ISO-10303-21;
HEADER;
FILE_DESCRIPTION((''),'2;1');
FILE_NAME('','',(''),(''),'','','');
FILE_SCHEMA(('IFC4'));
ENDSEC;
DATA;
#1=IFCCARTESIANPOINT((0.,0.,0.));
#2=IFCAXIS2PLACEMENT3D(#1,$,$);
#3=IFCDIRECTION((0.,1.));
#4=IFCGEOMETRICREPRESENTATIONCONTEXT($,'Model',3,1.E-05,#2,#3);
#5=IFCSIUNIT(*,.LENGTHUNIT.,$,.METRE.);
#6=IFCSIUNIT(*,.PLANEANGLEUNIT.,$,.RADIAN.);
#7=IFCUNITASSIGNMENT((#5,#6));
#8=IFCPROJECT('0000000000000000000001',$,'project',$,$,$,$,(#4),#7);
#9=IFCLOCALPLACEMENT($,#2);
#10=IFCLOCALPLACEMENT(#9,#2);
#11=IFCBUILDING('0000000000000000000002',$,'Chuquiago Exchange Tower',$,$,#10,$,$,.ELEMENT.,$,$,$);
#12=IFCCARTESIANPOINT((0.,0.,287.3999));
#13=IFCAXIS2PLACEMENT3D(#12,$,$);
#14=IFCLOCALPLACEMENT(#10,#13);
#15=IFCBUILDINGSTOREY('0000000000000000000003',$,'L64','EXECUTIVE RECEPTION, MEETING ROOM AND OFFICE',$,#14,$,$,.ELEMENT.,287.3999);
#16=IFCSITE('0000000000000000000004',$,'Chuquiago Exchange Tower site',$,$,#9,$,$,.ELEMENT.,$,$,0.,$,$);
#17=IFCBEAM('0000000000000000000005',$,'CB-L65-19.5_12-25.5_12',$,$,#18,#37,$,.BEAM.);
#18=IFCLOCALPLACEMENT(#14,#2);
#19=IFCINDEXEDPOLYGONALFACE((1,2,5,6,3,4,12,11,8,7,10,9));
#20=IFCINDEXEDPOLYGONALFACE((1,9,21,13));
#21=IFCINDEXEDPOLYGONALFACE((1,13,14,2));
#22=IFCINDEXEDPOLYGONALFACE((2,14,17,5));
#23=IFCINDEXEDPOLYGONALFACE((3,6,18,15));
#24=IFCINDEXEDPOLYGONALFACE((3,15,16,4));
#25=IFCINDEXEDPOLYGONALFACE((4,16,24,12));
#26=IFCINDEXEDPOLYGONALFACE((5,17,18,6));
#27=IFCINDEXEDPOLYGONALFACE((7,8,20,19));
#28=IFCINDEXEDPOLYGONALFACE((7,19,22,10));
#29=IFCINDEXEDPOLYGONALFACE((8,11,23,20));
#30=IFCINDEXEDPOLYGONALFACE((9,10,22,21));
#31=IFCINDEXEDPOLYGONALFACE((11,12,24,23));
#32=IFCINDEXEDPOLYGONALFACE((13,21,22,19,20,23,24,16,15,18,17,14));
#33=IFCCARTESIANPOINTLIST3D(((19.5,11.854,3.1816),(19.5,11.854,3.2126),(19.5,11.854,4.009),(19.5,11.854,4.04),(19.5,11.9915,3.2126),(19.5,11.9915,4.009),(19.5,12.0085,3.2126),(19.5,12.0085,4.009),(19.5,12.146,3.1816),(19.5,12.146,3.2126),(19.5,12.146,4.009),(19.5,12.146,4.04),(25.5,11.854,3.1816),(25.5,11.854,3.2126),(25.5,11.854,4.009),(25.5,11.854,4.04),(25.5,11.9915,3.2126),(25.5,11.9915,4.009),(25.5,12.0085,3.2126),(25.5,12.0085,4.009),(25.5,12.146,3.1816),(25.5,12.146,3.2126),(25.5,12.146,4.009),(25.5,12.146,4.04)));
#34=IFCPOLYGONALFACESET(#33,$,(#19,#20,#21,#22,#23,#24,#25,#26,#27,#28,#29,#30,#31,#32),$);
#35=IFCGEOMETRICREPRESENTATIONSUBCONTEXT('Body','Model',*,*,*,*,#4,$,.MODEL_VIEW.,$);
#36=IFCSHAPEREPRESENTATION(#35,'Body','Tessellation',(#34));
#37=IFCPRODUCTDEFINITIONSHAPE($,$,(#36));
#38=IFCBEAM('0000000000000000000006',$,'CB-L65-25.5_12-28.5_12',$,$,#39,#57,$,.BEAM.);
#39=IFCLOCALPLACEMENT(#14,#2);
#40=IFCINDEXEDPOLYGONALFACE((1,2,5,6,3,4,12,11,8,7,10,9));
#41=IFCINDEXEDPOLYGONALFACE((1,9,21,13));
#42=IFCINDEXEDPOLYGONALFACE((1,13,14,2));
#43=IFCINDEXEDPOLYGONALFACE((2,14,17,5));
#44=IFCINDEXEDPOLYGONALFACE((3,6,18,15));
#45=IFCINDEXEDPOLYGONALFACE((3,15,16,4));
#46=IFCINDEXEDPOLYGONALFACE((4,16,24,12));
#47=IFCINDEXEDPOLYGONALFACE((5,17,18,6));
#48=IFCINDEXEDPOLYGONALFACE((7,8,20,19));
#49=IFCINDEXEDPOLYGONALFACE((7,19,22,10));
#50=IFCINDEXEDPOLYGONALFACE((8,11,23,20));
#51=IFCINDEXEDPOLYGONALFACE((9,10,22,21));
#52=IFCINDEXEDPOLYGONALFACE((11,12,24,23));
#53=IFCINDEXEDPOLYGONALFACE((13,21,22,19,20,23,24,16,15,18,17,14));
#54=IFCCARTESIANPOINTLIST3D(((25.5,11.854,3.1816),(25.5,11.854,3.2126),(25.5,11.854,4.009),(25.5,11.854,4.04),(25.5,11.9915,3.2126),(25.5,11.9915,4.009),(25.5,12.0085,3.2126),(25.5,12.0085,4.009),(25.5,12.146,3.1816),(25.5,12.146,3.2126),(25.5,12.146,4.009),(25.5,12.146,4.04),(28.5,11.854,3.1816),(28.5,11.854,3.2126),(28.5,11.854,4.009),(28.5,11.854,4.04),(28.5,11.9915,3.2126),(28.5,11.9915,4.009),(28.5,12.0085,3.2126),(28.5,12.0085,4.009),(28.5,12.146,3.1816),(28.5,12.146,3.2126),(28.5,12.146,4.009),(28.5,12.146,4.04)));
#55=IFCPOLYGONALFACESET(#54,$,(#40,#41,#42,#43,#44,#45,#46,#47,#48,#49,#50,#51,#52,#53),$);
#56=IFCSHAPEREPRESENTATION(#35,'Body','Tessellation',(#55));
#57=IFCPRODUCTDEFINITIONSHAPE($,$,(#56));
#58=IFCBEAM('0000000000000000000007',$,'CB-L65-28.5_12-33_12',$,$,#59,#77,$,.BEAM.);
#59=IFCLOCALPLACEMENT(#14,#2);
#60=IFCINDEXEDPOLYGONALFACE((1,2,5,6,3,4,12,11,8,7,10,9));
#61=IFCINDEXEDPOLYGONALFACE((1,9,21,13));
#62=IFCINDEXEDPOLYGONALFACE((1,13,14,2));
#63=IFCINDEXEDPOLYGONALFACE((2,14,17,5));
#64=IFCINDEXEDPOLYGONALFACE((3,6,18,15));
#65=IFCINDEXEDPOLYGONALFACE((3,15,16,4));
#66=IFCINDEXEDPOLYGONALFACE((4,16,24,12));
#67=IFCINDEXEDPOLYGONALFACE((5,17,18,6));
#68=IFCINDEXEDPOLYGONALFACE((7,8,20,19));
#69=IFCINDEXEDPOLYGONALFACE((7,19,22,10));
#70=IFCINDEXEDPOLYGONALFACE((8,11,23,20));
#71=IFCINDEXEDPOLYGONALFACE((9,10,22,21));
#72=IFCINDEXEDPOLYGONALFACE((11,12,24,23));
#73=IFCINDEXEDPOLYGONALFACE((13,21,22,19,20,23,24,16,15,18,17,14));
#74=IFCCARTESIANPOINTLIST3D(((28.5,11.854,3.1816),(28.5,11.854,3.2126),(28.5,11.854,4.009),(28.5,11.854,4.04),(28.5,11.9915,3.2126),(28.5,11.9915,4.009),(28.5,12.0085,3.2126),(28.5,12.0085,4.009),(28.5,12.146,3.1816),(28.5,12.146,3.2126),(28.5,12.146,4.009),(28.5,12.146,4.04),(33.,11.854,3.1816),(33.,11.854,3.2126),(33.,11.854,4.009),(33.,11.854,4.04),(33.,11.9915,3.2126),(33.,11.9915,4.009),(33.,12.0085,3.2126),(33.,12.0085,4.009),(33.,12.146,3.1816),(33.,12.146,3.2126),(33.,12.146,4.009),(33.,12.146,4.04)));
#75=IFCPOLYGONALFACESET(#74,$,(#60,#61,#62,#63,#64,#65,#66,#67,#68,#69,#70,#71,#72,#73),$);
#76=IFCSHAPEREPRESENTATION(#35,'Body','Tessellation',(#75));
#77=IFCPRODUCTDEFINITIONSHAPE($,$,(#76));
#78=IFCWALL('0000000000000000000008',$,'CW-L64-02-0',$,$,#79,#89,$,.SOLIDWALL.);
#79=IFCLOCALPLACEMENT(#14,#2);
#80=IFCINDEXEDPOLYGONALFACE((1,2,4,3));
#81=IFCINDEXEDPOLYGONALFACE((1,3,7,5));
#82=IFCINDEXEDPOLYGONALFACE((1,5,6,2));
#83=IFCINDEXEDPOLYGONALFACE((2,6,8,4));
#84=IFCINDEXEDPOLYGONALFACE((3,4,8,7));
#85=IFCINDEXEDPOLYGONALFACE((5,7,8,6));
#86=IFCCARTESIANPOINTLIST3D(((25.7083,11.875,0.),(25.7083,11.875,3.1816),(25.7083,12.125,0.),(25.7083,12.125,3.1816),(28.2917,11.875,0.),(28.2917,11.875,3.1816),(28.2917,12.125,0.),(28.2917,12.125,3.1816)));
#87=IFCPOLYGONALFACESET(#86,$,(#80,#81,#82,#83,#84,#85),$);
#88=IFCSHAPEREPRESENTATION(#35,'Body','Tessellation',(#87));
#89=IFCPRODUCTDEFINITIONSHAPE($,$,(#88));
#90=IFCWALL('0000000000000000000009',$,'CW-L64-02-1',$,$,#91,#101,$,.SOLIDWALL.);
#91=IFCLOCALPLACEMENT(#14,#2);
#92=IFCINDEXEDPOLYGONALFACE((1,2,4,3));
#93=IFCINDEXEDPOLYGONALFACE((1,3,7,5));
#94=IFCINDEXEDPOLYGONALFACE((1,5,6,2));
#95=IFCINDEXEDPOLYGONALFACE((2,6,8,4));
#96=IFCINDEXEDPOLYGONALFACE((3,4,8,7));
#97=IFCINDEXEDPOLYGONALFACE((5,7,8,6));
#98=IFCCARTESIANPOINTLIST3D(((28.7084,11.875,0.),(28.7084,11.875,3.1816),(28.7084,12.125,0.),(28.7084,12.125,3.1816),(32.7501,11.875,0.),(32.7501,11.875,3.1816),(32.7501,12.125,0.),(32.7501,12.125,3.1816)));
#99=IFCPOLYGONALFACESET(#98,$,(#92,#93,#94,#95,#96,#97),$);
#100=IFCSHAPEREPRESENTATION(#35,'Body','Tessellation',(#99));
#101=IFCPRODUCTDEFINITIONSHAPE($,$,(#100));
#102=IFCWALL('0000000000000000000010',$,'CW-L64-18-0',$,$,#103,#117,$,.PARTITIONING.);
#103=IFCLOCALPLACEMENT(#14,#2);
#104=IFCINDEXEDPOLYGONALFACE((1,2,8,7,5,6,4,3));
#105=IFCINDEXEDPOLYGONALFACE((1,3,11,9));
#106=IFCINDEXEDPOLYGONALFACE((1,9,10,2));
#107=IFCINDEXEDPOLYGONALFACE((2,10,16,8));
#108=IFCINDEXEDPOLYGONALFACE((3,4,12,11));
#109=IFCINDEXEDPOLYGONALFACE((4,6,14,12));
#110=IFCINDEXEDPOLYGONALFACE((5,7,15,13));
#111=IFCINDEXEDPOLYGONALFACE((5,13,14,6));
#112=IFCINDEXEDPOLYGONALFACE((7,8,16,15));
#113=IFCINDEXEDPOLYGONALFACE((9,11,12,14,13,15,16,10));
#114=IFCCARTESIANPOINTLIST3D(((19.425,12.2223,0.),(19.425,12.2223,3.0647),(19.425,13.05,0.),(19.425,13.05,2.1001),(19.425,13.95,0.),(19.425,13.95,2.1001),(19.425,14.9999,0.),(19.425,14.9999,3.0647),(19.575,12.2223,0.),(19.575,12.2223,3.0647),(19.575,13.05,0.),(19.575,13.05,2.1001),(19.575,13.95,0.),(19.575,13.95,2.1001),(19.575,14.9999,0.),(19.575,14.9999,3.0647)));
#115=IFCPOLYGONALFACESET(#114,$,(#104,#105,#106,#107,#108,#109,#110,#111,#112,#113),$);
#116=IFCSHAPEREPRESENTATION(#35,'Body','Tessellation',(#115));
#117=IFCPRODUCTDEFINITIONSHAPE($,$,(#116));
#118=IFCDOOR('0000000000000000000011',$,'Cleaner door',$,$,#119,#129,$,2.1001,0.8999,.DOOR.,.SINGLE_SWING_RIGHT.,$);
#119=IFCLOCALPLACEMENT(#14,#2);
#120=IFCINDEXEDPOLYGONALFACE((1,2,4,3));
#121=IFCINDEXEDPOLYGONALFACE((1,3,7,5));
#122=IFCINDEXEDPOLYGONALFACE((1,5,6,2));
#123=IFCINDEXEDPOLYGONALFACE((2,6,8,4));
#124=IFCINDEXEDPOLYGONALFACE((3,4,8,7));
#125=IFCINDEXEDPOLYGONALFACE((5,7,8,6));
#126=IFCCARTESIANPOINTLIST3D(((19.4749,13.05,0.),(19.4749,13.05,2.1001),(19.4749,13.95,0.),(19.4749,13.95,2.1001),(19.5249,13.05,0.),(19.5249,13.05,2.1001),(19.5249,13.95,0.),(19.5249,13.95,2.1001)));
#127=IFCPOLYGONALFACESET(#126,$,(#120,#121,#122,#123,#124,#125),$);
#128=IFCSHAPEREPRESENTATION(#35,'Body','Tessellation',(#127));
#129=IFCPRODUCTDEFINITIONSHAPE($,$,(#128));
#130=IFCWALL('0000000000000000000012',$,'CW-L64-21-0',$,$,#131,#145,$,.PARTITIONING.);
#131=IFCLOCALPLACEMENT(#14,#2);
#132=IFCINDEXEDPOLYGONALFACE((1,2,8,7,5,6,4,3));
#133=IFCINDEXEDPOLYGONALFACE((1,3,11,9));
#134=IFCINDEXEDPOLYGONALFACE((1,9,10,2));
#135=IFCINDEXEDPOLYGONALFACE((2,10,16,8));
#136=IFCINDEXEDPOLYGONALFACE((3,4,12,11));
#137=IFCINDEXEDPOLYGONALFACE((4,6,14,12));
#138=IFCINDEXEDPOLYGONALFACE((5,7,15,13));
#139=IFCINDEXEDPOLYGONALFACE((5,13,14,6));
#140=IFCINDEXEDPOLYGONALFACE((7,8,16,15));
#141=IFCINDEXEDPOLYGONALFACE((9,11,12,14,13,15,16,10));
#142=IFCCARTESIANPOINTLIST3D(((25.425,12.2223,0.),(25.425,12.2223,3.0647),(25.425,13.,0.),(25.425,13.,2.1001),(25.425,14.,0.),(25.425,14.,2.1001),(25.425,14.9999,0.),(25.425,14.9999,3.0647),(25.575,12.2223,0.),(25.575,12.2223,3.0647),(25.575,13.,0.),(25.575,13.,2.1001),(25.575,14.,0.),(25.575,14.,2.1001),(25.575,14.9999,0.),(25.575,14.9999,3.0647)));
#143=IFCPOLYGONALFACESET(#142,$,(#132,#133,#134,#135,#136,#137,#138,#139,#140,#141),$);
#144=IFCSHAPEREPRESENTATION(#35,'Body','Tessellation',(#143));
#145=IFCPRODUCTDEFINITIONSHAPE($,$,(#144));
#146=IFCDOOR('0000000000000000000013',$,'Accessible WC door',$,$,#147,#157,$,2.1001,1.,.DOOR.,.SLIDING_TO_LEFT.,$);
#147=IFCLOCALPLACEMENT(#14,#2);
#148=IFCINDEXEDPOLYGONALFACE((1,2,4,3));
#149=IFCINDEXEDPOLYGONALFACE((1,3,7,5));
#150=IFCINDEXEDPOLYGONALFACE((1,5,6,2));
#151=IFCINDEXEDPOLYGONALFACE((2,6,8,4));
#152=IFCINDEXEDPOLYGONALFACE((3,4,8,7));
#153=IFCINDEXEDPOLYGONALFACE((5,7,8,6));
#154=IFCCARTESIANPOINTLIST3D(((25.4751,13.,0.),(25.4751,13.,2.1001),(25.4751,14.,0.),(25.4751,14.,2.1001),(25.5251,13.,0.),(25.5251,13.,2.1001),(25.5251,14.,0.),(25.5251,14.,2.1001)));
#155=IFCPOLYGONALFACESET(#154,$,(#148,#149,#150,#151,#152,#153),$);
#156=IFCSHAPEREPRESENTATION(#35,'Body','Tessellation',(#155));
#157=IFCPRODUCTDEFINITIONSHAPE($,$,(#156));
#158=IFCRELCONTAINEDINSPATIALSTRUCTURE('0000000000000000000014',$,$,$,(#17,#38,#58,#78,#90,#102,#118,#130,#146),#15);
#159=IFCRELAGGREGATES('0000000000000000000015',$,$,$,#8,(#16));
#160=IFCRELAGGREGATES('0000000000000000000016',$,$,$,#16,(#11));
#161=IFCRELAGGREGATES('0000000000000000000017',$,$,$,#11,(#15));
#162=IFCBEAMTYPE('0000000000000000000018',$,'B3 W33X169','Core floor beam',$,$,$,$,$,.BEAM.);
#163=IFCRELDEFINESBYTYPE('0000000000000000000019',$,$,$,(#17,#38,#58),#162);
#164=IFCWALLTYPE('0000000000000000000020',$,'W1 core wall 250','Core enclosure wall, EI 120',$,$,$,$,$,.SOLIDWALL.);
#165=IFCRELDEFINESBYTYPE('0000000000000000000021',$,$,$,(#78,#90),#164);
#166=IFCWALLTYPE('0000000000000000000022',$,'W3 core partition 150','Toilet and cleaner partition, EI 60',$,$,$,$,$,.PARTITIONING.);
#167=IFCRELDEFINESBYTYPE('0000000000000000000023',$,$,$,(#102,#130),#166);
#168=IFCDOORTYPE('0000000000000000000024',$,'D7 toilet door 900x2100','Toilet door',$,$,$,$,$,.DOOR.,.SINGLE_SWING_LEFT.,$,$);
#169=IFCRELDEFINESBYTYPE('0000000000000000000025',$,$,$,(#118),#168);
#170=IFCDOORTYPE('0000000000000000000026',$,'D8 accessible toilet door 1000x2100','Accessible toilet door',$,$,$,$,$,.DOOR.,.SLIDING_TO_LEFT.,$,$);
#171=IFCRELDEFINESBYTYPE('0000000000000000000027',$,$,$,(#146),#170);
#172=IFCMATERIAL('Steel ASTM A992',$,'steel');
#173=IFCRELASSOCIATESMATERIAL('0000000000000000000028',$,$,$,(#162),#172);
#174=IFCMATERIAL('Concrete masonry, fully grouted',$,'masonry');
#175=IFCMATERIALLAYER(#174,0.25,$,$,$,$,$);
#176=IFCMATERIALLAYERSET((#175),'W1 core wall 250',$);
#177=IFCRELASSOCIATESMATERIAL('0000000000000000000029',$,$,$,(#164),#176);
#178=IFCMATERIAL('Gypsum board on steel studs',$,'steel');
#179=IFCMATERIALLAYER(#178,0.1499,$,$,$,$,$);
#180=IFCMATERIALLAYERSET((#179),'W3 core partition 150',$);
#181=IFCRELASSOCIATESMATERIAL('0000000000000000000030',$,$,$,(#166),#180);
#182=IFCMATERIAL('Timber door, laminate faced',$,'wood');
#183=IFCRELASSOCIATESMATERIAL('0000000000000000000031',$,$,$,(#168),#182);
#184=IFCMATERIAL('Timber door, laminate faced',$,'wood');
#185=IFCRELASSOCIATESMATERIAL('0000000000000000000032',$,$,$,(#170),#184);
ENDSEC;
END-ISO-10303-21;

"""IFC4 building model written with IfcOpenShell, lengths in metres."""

from ifc_helpers import new_model, si_unit, direction, frame, frame_2d, origin, origin_2d, place, context, subcontext, project, spatial, rectangle, i_section, extrude, material, layer, layer_set, material_profile, profile_set, type_object, element, fill, save


model = new_model("IFC4")

# Units and contexts
model_context = context("Model", 3, precision=1e-05, world=origin(), true_north=direction((0.0, 1.0)))
body_context = subcontext(model_context, "Body", "Model", "MODEL_VIEW")
ifc_project = project(units=[si_unit("LENGTHUNIT", "METRE"), si_unit("PLANEANGLEUNIT", "RADIAN")], contexts=[model_context])

# Site, building, storey
site_placement = place(None, origin())
site = spatial("IfcSite", under=ifc_project, at=site_placement, Name="Chuquiago Exchange Tower site", CompositionType="ELEMENT", RefElevation=0.0)
building_placement = place(site_placement, origin())
building = spatial("IfcBuilding", under=site, at=building_placement, Name="Chuquiago Exchange Tower", CompositionType="ELEMENT")
storey_placement = place(building_placement, frame((0.0, 0.0, 287.3999)))
storey = spatial("IfcBuildingStorey", under=building, at=storey_placement, Name="L64", Description="EXECUTIVE RECEPTION, MEETING ROOM AND OFFICE", CompositionType="ELEMENT", Elevation=287.3999)

# Beams
ifc_material_1 = material(Name="Steel ASTM A992", Category="steel")
ifc_material_profile_1 = material_profile(ifc_material_1, i_section(OverallWidth=0.292, OverallDepth=0.8584, WebThickness=0.0171, FlangeThickness=0.031, at=origin_2d()), Name="W33X169")
ifc_profile_set_1 = profile_set([ifc_material_profile_1], Name="Steel ASTM A992")
beam_type_1 = type_object("IfcBeamType", Name="B3 W33X169", Description="Core floor beam", PredefinedType="BEAM", material=ifc_profile_set_1)
beam_1_placement = place(storey_placement, frame((19.5, 12.0, 3.6108), z_axis=(1.0, 0.0, 0.0), x_axis=(0.0, 1.0, 0.0)))
element("IfcBeam", 1, at=beam_1_placement, inside=storey, type_object=beam_type_1, Name="CB-L65-19.5_12-25.5_12", PredefinedType="BEAM", context=body_context, shape_type="SweptSolid", body=[
    extrude(i_section(OverallWidth=0.292, OverallDepth=0.8584, WebThickness=0.0171, FlangeThickness=0.031, at=origin_2d()), origin(), (0.0, 0.0, 1.0), 6.0),
])
beam_2_placement = place(storey_placement, frame((25.5, 12.0, 3.6108), z_axis=(1.0, 0.0, 0.0), x_axis=(0.0, 1.0, 0.0)))
element("IfcBeam", 2, at=beam_2_placement, inside=storey, type_object=beam_type_1, Name="CB-L65-25.5_12-28.5_12", PredefinedType="BEAM", context=body_context, shape_type="SweptSolid", body=[
    extrude(i_section(OverallWidth=0.292, OverallDepth=0.8584, WebThickness=0.0171, FlangeThickness=0.031, at=origin_2d()), origin(), (0.0, 0.0, 1.0), 3.0),
])
beam_3_placement = place(storey_placement, frame((28.5, 12.0, 3.6108), z_axis=(1.0, 0.0, 0.0), x_axis=(0.0, 1.0, 0.0)))
element("IfcBeam", 3, at=beam_3_placement, inside=storey, type_object=beam_type_1, Name="CB-L65-28.5_12-33_12", PredefinedType="BEAM", context=body_context, shape_type="SweptSolid", body=[
    extrude(i_section(OverallWidth=0.292, OverallDepth=0.8584, WebThickness=0.0171, FlangeThickness=0.031, at=origin_2d()), origin(), (0.0, 0.0, 1.0), 4.5),
])

# Walls
ifc_material_2 = material(Name="Concrete masonry, fully grouted", Category="masonry")
ifc_layer_1 = layer(ifc_material_2, 0.25)
ifc_layer_set_1 = layer_set([ifc_layer_1], Name="W1 core wall 250")
wall_type_1 = type_object("IfcWallType", Name="W1 core wall 250", Description="Core enclosure wall, EI 120", PredefinedType="SOLIDWALL", material=ifc_layer_set_1)
wall_1_placement = place(storey_placement, frame((25.7083, 12.0, 0.0), z_axis=(0.0, 0.0, 1.0), x_axis=(1.0, 0.0, 0.0)))
element("IfcWall", 4, at=wall_1_placement, inside=storey, type_object=wall_type_1, Name="CW-L64-02-0", PredefinedType="SOLIDWALL", context=body_context, shape_type="SweptSolid", body=[
    extrude(rectangle(XDim=2.5835, YDim=0.25, at=frame_2d((1.2917, 0.0))), origin(), (0.0, 0.0, 1.0), 3.1816),
])
wall_2_placement = place(storey_placement, frame((28.7083, 12.0, 0.0), z_axis=(0.0, 0.0, 1.0), x_axis=(1.0, 0.0, 0.0)))
element("IfcWall", 5, at=wall_2_placement, inside=storey, type_object=wall_type_1, Name="CW-L64-02-1", PredefinedType="SOLIDWALL", context=body_context, shape_type="SweptSolid", body=[
    extrude(rectangle(XDim=4.0417, YDim=0.25, at=frame_2d((2.021, 0.0))), origin(), (0.0, 0.0, 1.0), 3.1816),
])

# Walls, openings, doors
ifc_material_3 = material(Name="Gypsum board on steel studs", Category="steel")
ifc_layer_2 = layer(ifc_material_3, 0.1499)
ifc_layer_set_2 = layer_set([ifc_layer_2], Name="W3 core partition 150")
wall_type_2 = type_object("IfcWallType", Name="W3 core partition 150", Description="Toilet and cleaner partition, EI 60", PredefinedType="PARTITIONING", material=ifc_layer_set_2)
wall_3_placement = place(storey_placement, frame((19.5, 12.2224, 0.0), z_axis=(0.0, 0.0, 1.0), x_axis=(0.0, 1.0, 0.0)))
wall_3 = element("IfcWall", 6, at=wall_3_placement, inside=storey, type_object=wall_type_2, Name="CW-L64-18-0", PredefinedType="PARTITIONING", context=body_context, shape_type="SweptSolid", body=[
    extrude(rectangle(XDim=2.7776, YDim=0.1499, at=frame_2d((1.3887, 0.0))), origin(), (0.0, 0.0, 1.0), 3.0647),
])
opening_1_placement = place(wall_3_placement, frame((0.8276, 0.0, 0.0)))
opening_1 = element("IfcOpeningElement", 7, at=opening_1_placement, cuts=wall_3, PredefinedType="OPENING", context=body_context, shape_type="SweptSolid", body=[
    extrude(rectangle(XDim=0.8999, YDim=2.1001, at=frame_2d((0.45, 1.05))), frame((0.0, 0.085, 0.0), z_axis=(0.0, -1.0, 0.0), x_axis=(1.0, 0.0, 0.0)), (0.0, 0.0, 1.0), 0.1699),
])
ifc_material_4 = material(Name="Timber door, laminate faced", Category="wood")
door_type_1 = type_object("IfcDoorType", Name="D7 toilet door 900x2100", Description="Toilet door", OperationType="SINGLE_SWING_LEFT", PredefinedType="DOOR", material=ifc_material_4)
door_1_placement = place(opening_1_placement, frame((0.8999, 0.0, 0.0), z_axis=(0.0, 0.0, 1.0), x_axis=(-1.0, 0.0, 0.0)))
door_1 = element("IfcDoor", 8, at=door_1_placement, inside=storey, type_object=door_type_1, Name="Cleaner door", OperationType="SINGLE_SWING_RIGHT", OverallHeight=2.1001, OverallWidth=0.8999, PredefinedType="DOOR", context=body_context, shape_type="SweptSolid", body=[
    extrude(rectangle(XDim=0.8999, YDim=2.1001, at=frame_2d((0.45, 1.05))), frame((0.0, 0.0249, 0.0), z_axis=(0.0, -1.0, 0.0), x_axis=(1.0, 0.0, 0.0)), (0.0, 0.0, 1.0), 0.05),
])
fill(opening_1, door_1)
wall_4_placement = place(storey_placement, frame((25.5, 12.2224, 0.0), z_axis=(0.0, 0.0, 1.0), x_axis=(0.0, 1.0, 0.0)))
wall_4 = element("IfcWall", 9, at=wall_4_placement, inside=storey, type_object=wall_type_2, Name="CW-L64-21-0", PredefinedType="PARTITIONING", context=body_context, shape_type="SweptSolid", body=[
    extrude(rectangle(XDim=2.7776, YDim=0.1499, at=frame_2d((1.3887, 0.0))), origin(), (0.0, 0.0, 1.0), 3.0647),
])
opening_2_placement = place(wall_4_placement, frame((0.7776, 0.0, 0.0)))
opening_2 = element("IfcOpeningElement", 10, at=opening_2_placement, cuts=wall_4, PredefinedType="OPENING", context=body_context, shape_type="SweptSolid", body=[
    extrude(rectangle(XDim=1.0, YDim=2.1001, at=frame_2d((0.5, 1.05))), frame((0.0, 0.085, 0.0), z_axis=(0.0, -1.0, 0.0), x_axis=(1.0, 0.0, 0.0)), (0.0, 0.0, 1.0), 0.1699),
])
ifc_material_5 = material(Name="Timber door, laminate faced", Category="wood")
door_type_2 = type_object("IfcDoorType", Name="D8 accessible toilet door 1000x2100", Description="Accessible toilet door", OperationType="SLIDING_TO_LEFT", PredefinedType="DOOR", material=ifc_material_5)
door_2_placement = place(opening_2_placement, origin())
door_2 = element("IfcDoor", 11, at=door_2_placement, inside=storey, type_object=door_type_2, Name="Accessible WC door", OperationType="SLIDING_TO_LEFT", OverallHeight=2.1001, OverallWidth=1.0, PredefinedType="DOOR", context=body_context, shape_type="SweptSolid", body=[
    extrude(rectangle(XDim=1.0, YDim=2.1001, at=frame_2d((0.5, 1.05))), frame((0.0, 0.0249, 0.0), z_axis=(0.0, -1.0, 0.0), x_axis=(1.0, 0.0, 0.0)), (0.0, 0.0, 1.0), 0.05),
])
fill(opening_2, door_2)

save(model, "model.ifc")
